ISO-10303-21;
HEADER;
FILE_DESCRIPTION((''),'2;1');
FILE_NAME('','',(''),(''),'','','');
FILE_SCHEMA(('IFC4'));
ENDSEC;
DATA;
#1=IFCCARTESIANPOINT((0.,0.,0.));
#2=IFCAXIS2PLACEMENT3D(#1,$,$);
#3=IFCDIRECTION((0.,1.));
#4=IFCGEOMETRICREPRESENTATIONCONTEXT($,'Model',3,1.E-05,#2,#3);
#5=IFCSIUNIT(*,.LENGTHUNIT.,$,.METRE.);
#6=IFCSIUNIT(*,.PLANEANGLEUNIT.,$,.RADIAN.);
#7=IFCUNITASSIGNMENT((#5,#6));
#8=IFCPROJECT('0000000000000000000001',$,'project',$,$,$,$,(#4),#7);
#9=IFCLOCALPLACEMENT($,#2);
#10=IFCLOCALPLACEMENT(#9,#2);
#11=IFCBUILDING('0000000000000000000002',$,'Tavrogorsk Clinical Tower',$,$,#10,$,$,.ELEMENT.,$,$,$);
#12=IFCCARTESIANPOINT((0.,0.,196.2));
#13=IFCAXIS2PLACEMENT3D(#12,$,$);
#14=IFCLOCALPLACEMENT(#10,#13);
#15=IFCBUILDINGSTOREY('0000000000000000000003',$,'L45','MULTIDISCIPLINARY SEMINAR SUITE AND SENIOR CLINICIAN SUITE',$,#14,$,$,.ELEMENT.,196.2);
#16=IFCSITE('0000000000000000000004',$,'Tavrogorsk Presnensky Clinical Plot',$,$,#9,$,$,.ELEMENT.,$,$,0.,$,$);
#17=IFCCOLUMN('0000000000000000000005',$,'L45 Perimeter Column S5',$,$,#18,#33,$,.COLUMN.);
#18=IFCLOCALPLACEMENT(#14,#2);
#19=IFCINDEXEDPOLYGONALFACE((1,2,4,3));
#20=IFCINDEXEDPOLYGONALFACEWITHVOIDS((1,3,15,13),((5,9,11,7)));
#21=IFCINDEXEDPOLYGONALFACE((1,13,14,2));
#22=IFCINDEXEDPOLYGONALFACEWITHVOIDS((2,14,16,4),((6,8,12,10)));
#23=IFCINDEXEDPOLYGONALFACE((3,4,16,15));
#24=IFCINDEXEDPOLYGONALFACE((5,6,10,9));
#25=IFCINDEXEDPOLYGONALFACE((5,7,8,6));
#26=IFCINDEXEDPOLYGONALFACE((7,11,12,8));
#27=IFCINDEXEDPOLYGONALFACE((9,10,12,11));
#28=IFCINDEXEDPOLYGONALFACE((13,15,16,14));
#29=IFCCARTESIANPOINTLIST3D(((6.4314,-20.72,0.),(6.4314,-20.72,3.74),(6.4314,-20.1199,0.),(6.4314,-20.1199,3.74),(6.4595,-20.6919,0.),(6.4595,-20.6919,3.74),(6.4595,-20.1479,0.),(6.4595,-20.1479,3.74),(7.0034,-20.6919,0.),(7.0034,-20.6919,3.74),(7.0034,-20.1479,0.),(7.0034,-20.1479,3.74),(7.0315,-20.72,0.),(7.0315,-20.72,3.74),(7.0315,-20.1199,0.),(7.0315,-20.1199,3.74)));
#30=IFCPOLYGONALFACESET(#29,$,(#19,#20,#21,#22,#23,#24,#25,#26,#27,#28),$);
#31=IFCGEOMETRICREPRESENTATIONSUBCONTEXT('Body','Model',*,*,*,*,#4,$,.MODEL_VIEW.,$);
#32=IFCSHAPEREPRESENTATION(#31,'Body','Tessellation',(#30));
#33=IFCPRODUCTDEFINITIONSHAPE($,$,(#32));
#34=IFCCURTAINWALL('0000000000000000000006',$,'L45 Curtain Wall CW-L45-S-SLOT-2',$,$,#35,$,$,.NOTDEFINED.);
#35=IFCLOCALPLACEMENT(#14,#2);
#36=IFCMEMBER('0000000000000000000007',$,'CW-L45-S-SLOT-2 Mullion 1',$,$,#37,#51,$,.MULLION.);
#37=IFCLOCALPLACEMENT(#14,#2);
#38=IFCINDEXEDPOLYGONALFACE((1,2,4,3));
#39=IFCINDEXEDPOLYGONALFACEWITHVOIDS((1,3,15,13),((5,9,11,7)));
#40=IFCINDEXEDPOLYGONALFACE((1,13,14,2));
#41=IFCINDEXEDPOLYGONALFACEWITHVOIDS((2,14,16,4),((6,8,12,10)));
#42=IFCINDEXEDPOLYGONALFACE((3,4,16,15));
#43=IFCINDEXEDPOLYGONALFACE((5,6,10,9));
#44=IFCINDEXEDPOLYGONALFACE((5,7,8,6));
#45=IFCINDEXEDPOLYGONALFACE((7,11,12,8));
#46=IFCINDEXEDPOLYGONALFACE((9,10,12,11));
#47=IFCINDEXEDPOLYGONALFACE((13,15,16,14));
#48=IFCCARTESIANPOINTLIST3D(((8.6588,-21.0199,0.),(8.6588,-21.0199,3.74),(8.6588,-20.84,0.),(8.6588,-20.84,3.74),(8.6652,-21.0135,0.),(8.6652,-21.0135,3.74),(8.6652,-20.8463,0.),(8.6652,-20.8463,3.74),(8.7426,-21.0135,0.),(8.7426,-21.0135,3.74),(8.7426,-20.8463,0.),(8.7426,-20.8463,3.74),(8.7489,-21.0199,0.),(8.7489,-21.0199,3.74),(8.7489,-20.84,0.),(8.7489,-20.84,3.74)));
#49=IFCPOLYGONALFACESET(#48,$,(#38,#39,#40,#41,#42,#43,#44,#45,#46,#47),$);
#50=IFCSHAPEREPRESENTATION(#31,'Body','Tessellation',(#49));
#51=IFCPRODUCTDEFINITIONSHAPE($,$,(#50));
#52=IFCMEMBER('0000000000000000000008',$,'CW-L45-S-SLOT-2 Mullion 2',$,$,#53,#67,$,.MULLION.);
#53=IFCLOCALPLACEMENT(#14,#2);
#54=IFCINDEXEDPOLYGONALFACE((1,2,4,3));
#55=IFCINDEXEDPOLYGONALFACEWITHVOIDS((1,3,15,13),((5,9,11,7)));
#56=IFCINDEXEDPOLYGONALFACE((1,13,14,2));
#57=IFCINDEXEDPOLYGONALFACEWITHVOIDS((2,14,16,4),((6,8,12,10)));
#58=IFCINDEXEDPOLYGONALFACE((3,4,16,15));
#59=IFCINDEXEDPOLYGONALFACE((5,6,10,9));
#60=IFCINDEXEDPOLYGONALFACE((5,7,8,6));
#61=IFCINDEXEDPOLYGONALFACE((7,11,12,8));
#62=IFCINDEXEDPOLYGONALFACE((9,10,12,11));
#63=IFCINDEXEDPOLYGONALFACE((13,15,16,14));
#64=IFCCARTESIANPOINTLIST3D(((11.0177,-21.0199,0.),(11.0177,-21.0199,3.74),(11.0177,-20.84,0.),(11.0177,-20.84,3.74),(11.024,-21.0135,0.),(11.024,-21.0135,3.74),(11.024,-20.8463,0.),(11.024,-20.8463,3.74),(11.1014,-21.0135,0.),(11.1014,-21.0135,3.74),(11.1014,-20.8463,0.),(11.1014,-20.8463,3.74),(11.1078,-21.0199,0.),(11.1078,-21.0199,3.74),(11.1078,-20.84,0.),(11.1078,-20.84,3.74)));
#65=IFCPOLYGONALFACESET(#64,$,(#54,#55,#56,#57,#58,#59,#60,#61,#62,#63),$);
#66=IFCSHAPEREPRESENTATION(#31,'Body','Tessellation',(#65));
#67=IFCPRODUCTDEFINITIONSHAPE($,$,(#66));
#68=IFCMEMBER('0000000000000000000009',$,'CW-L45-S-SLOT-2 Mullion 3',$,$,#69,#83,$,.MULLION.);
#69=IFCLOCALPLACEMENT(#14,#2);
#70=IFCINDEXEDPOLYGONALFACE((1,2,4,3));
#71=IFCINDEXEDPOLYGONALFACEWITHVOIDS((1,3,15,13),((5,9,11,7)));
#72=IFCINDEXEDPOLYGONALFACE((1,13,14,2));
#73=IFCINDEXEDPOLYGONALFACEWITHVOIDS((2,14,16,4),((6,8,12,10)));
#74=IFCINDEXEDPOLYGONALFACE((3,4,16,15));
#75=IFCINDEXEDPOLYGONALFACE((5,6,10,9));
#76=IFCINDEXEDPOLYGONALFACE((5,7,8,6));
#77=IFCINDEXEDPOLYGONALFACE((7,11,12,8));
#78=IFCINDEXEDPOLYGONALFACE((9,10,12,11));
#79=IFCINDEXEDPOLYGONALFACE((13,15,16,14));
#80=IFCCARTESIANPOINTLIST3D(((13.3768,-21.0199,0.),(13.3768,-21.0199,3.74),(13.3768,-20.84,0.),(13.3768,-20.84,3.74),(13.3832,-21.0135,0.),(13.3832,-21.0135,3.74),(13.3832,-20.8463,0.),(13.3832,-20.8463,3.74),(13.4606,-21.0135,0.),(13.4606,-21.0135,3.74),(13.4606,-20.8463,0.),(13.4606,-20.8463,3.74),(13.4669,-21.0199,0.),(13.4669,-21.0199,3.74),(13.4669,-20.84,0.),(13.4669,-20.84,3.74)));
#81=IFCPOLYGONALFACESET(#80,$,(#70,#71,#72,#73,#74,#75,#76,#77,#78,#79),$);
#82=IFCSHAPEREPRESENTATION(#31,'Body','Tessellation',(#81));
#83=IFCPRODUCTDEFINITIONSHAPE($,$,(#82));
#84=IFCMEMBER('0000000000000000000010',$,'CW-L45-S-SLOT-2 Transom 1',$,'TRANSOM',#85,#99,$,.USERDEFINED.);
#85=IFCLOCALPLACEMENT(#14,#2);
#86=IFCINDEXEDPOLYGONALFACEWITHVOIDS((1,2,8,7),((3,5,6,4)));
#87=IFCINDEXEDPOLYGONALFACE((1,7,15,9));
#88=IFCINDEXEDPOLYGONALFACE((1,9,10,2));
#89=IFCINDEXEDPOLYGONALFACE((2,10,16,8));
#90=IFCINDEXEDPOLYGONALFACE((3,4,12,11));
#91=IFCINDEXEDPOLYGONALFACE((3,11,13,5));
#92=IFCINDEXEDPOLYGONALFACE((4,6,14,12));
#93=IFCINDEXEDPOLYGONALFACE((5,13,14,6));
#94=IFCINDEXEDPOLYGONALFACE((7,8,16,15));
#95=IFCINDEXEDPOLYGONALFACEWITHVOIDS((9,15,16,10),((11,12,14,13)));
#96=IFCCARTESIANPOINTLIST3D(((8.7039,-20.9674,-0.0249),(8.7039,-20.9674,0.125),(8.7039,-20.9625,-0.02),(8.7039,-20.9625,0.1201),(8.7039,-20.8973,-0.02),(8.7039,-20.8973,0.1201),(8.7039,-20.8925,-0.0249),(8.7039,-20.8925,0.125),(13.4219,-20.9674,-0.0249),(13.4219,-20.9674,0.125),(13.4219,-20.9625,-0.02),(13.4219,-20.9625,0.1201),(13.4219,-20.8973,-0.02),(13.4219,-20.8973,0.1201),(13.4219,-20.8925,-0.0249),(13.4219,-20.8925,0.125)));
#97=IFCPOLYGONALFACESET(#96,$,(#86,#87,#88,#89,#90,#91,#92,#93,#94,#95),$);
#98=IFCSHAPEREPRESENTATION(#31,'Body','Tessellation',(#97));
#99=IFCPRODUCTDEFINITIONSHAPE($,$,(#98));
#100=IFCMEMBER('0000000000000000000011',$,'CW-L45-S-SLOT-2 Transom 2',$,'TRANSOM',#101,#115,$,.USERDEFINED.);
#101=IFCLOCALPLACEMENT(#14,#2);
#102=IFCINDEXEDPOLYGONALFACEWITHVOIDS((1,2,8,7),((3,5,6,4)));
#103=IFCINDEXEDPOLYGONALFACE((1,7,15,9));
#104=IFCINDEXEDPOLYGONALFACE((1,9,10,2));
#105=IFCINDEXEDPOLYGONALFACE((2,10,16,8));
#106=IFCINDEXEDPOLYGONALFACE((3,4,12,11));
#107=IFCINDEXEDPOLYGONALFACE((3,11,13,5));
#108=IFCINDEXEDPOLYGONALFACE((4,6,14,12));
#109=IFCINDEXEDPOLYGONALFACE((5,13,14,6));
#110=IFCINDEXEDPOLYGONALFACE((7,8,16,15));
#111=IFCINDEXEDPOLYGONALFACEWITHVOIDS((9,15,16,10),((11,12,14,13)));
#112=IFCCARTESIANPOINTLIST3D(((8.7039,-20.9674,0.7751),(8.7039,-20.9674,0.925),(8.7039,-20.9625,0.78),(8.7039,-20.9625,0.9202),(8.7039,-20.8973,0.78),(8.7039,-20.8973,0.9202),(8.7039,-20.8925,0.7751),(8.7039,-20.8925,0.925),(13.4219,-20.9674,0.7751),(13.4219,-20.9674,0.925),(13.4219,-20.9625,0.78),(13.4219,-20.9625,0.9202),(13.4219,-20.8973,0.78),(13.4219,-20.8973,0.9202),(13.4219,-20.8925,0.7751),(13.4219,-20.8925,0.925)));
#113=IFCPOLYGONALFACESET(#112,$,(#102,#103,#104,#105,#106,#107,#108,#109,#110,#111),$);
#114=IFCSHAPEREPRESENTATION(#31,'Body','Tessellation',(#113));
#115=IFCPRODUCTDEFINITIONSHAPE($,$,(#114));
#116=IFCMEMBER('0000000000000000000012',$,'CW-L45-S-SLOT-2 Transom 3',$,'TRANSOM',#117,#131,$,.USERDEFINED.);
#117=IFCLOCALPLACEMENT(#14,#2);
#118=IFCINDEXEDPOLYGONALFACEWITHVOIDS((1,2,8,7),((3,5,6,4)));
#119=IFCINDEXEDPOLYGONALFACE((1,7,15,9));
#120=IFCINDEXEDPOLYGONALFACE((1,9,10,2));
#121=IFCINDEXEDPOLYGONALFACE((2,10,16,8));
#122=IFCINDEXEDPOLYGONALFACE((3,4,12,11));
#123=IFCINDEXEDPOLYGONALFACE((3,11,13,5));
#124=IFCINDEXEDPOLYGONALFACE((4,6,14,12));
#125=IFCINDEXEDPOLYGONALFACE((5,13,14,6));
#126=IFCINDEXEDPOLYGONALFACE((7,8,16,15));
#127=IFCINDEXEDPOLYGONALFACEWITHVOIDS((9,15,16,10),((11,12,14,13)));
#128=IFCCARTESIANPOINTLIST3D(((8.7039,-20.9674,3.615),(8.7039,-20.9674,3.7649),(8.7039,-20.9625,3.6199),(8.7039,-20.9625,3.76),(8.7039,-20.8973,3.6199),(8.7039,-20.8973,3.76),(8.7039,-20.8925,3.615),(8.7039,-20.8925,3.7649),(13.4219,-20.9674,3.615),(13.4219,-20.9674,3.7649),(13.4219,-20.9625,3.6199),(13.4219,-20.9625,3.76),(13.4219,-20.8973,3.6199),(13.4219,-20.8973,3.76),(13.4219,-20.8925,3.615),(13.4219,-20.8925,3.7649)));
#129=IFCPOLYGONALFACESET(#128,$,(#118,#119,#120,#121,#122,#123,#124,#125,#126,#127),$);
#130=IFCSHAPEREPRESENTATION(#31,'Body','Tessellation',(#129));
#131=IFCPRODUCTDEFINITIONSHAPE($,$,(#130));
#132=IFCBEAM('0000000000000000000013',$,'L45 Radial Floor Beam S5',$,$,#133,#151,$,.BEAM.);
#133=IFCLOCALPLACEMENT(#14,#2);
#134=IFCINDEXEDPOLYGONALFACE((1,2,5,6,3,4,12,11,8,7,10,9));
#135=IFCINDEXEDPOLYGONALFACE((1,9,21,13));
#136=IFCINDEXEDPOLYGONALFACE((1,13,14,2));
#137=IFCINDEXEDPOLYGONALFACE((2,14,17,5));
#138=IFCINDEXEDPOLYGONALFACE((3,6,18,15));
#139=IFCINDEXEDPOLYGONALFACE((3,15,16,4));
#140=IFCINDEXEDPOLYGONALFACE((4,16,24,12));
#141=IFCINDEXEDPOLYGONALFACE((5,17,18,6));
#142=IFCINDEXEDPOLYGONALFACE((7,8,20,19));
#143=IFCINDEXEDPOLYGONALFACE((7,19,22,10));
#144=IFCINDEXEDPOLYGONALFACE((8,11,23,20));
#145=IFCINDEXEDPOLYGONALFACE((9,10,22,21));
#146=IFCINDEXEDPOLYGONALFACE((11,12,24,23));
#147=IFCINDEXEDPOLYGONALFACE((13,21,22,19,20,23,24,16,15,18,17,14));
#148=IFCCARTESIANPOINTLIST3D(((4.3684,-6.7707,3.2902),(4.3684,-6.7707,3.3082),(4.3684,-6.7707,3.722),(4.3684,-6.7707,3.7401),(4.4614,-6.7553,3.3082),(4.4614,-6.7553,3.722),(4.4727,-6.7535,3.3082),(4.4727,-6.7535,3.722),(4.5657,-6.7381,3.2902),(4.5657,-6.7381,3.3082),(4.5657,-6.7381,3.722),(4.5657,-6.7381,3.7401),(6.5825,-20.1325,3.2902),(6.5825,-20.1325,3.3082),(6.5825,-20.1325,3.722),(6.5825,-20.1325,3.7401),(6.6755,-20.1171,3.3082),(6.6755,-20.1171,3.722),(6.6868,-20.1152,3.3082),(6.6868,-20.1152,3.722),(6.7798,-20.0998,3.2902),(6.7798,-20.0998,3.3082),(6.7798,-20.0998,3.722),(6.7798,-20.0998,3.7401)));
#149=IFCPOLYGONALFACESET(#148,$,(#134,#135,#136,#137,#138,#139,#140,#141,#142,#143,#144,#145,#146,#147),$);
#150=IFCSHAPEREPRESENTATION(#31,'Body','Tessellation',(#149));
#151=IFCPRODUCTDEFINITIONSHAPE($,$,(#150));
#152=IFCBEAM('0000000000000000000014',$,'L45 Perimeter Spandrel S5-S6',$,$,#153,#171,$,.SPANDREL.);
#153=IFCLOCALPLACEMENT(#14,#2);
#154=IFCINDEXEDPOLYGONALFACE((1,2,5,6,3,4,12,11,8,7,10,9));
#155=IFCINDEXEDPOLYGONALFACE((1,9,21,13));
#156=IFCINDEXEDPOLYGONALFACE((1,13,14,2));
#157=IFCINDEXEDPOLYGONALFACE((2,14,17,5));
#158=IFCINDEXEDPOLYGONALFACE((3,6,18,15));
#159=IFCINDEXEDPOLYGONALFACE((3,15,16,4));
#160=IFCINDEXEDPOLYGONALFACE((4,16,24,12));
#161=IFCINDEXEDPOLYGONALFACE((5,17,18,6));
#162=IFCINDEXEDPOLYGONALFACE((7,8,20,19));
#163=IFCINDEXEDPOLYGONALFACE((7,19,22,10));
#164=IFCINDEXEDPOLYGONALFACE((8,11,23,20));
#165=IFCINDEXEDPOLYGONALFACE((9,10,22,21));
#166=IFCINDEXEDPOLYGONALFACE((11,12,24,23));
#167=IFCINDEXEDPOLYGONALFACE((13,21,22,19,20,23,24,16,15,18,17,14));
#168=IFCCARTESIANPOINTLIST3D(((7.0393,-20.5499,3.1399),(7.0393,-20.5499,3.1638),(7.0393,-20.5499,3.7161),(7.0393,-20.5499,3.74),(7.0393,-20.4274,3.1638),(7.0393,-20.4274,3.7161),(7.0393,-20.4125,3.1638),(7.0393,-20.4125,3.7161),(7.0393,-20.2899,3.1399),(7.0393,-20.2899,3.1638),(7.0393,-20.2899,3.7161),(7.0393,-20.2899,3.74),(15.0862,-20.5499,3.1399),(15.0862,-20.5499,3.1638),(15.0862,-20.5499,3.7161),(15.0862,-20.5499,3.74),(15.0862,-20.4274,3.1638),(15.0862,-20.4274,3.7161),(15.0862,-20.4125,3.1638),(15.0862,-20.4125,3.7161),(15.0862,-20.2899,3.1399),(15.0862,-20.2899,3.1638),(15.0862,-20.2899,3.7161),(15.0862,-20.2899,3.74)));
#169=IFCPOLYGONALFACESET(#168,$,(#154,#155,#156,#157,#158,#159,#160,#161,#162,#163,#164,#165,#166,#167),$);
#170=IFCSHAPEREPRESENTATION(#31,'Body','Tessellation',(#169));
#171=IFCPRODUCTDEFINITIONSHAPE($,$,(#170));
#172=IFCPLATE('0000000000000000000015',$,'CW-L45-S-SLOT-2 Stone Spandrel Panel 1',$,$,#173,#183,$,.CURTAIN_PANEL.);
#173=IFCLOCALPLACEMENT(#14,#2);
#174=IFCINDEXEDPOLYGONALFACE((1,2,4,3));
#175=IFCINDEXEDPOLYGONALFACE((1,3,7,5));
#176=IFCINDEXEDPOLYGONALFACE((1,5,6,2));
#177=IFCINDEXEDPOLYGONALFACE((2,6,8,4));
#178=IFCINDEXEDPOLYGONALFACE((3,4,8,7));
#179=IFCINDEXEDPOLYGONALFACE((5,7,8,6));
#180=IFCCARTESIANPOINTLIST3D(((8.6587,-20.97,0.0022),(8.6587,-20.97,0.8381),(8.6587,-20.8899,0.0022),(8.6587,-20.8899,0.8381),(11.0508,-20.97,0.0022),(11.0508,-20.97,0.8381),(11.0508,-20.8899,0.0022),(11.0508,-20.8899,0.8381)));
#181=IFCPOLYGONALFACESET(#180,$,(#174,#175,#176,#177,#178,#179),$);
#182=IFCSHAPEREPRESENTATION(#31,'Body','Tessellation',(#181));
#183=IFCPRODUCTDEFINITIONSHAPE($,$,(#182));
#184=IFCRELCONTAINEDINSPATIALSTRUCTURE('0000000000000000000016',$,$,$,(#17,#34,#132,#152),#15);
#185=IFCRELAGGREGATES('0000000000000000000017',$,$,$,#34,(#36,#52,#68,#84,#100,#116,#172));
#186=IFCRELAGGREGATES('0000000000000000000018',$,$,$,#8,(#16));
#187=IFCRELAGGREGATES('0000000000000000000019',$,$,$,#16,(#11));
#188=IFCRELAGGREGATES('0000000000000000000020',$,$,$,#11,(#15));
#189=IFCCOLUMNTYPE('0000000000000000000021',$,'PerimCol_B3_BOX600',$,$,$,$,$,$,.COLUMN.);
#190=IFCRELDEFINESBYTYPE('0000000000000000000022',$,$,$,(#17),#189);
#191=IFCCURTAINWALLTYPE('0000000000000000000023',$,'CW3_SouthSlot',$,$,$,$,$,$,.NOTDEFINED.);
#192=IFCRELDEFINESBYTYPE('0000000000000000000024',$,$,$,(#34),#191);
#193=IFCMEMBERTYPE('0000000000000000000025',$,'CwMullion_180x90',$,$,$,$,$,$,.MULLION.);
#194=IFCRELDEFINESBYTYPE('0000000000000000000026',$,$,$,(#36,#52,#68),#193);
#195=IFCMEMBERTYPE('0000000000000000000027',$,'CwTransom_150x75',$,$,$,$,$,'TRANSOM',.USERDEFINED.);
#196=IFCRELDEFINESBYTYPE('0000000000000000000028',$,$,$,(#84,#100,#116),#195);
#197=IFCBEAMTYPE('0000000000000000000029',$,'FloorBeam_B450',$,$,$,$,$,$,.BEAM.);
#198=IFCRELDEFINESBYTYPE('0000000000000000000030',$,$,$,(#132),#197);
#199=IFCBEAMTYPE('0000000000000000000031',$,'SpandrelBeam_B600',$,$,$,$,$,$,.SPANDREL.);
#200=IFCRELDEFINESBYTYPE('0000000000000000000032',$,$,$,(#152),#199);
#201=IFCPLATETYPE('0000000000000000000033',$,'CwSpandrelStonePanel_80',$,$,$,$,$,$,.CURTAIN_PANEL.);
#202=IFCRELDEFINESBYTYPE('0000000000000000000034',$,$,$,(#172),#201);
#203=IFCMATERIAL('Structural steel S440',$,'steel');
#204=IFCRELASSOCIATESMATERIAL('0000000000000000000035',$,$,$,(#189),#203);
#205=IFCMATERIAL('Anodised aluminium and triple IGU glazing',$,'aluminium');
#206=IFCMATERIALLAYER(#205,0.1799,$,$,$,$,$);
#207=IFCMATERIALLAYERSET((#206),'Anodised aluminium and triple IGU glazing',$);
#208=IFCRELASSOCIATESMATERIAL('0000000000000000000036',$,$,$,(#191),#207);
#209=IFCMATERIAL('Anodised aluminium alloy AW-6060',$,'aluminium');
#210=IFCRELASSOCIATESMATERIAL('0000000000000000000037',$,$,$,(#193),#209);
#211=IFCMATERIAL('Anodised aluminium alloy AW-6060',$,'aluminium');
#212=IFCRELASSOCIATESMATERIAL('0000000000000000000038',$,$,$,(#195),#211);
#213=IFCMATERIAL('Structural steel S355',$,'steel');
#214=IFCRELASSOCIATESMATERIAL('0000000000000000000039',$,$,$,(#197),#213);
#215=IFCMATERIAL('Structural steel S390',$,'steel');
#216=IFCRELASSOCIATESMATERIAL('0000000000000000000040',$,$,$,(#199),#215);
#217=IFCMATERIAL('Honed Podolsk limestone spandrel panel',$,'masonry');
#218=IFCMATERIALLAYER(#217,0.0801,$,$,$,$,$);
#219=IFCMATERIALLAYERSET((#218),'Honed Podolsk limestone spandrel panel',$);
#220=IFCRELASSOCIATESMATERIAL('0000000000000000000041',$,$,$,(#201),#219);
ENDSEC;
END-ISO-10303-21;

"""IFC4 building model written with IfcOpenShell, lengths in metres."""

from ifc_helpers import new_model, si_unit, direction, frame, origin, origin_2d, place, context, subcontext, project, spatial, rectangle, hollow_rectangle, i_section, extrude, material, layer, layer_set, material_profile, profile_set, type_object, element, aggregate, save


model = new_model("IFC4")

# Units and contexts
model_context = context("Model", 3, precision=1e-05, world=origin(), true_north=direction((0.0, 1.0)))
body_context = subcontext(model_context, "Body", "Model", "MODEL_VIEW")
ifc_project = project(units=[si_unit("LENGTHUNIT", "METRE"), si_unit("PLANEANGLEUNIT", "RADIAN")], contexts=[model_context])

# Site, building, storey
site_placement = place(None, origin())
site = spatial("IfcSite", under=ifc_project, at=site_placement, Name="Tavrogorsk Presnensky Clinical Plot", CompositionType="ELEMENT", RefElevation=0.0)
building_placement = place(site_placement, origin())
building = spatial("IfcBuilding", under=site, at=building_placement, Name="Tavrogorsk Clinical Tower", CompositionType="ELEMENT")
storey_placement = place(building_placement, frame((0.0, 0.0, 196.2)))
storey = spatial("IfcBuildingStorey", under=building, at=storey_placement, Name="L45", Description="MULTIDISCIPLINARY SEMINAR SUITE AND SENIOR CLINICIAN SUITE", CompositionType="ELEMENT", Elevation=196.2)

# Column
ifc_material_1 = material(Name="Structural steel S440", Category="steel")
ifc_material_profile_1 = material_profile(ifc_material_1, hollow_rectangle(XDim=0.6001, YDim=0.6001, WallThickness=0.0281, at=origin_2d()), Name="BOX-600x600x28")
ifc_profile_set_1 = profile_set([ifc_material_profile_1], Name="Structural steel S440")
column_type = type_object("IfcColumnType", Name="PerimCol_B3_BOX600", PredefinedType="COLUMN", material=ifc_profile_set_1)
column_placement = place(storey_placement, frame((6.7314, -20.4199, 0.0), z_axis=(0.0, 0.0, 1.0), x_axis=(1.0, 0.0, 0.0)))
element("IfcColumn", 1, at=column_placement, inside=storey, type_object=column_type, Name="L45 Perimeter Column S5", PredefinedType="COLUMN", context=body_context, shape_type="SweptSolid", body=[
    extrude(hollow_rectangle(XDim=0.6001, YDim=0.6001, WallThickness=0.0281, at=origin_2d()), origin(), (0.0, 0.0, 1.0), 3.74),
])

# Curtain wall, members
ifc_material_2 = material(Name="Anodised aluminium and triple IGU glazing", Category="aluminium")
ifc_layer_1 = layer(ifc_material_2, 0.1799)
ifc_layer_set_1 = layer_set([ifc_layer_1], Name="Anodised aluminium and triple IGU glazing")
curtain_wall_type = type_object("IfcCurtainWallType", Name="CW3_SouthSlot", PredefinedType="NOTDEFINED", material=ifc_layer_set_1)
curtain_wall_placement = place(storey_placement, origin())
curtain_wall = element("IfcCurtainWall", 2, at=curtain_wall_placement, inside=storey, type_object=curtain_wall_type, Name="L45 Curtain Wall CW-L45-S-SLOT-2", PredefinedType="NOTDEFINED")
ifc_material_3 = material(Name="Anodised aluminium alloy AW-6060", Category="aluminium")
ifc_material_profile_2 = material_profile(ifc_material_3, hollow_rectangle(XDim=0.0901, YDim=0.1799, WallThickness=0.0063, at=origin_2d()), Name="RHS-180x90x6.3")
ifc_profile_set_2 = profile_set([ifc_material_profile_2], Name="Anodised aluminium alloy AW-6060")
member_type_1 = type_object("IfcMemberType", Name="CwMullion_180x90", PredefinedType="MULLION", material=ifc_profile_set_2)
member_1_placement = place(storey_placement, frame((8.7039, -20.9299, 0.0), z_axis=(0.0, 0.0, 1.0), x_axis=(1.0, 0.0, 0.0)))
member_1 = element("IfcMember", 3, at=member_1_placement, type_object=member_type_1, Name="CW-L45-S-SLOT-2 Mullion 1", PredefinedType="MULLION", context=body_context, shape_type="SweptSolid", body=[
    extrude(hollow_rectangle(XDim=0.0901, YDim=0.1799, WallThickness=0.0063, at=origin_2d()), origin(), (0.0, 0.0, 1.0), 3.74),
])
member_2_placement = place(storey_placement, frame((11.0627, -20.9299, 0.0), z_axis=(0.0, 0.0, 1.0), x_axis=(1.0, 0.0, 0.0)))
member_2 = element("IfcMember", 4, at=member_2_placement, type_object=member_type_1, Name="CW-L45-S-SLOT-2 Mullion 2", PredefinedType="MULLION", context=body_context, shape_type="SweptSolid", body=[
    extrude(hollow_rectangle(XDim=0.0901, YDim=0.1799, WallThickness=0.0063, at=origin_2d()), origin(), (0.0, 0.0, 1.0), 3.74),
])
member_3_placement = place(storey_placement, frame((13.4219, -20.9299, 0.0), z_axis=(0.0, 0.0, 1.0), x_axis=(1.0, 0.0, 0.0)))
member_3 = element("IfcMember", 5, at=member_3_placement, type_object=member_type_1, Name="CW-L45-S-SLOT-2 Mullion 3", PredefinedType="MULLION", context=body_context, shape_type="SweptSolid", body=[
    extrude(hollow_rectangle(XDim=0.0901, YDim=0.1799, WallThickness=0.0063, at=origin_2d()), origin(), (0.0, 0.0, 1.0), 3.74),
])
ifc_material_4 = material(Name="Anodised aluminium alloy AW-6060", Category="aluminium")
ifc_material_profile_3 = material_profile(ifc_material_4, hollow_rectangle(XDim=0.075, YDim=0.1499, WallThickness=0.0049, at=origin_2d()), Name="RHS-150x75x5")
ifc_profile_set_3 = profile_set([ifc_material_profile_3], Name="Anodised aluminium alloy AW-6060")
member_type_2 = type_object("IfcMemberType", Name="CwTransom_150x75", ElementType="TRANSOM", PredefinedType="USERDEFINED", material=ifc_profile_set_3)
member_4_placement = place(storey_placement, frame((8.7039, -20.9299, 0.05), z_axis=(1.0, 0.0, 0.0), x_axis=(0.0, 1.0, 0.0)))
member_4 = element("IfcMember", 6, at=member_4_placement, type_object=member_type_2, Name="CW-L45-S-SLOT-2 Transom 1", ObjectType="TRANSOM", PredefinedType="USERDEFINED", context=body_context, shape_type="SweptSolid", body=[
    extrude(hollow_rectangle(XDim=0.075, YDim=0.1499, WallThickness=0.0049, at=origin_2d()), origin(), (0.0, 0.0, 1.0), 4.718),
])
member_5_placement = place(storey_placement, frame((8.7039, -20.9299, 0.8501), z_axis=(1.0, 0.0, 0.0), x_axis=(0.0, 1.0, 0.0)))
member_5 = element("IfcMember", 7, at=member_5_placement, type_object=member_type_2, Name="CW-L45-S-SLOT-2 Transom 2", ObjectType="TRANSOM", PredefinedType="USERDEFINED", context=body_context, shape_type="SweptSolid", body=[
    extrude(hollow_rectangle(XDim=0.075, YDim=0.1499, WallThickness=0.0049, at=origin_2d()), origin(), (0.0, 0.0, 1.0), 4.718),
])
member_6_placement = place(storey_placement, frame((8.7039, -20.9299, 3.6899), z_axis=(1.0, 0.0, 0.0), x_axis=(0.0, 1.0, 0.0)))
member_6 = element("IfcMember", 8, at=member_6_placement, type_object=member_type_2, Name="CW-L45-S-SLOT-2 Transom 3", ObjectType="TRANSOM", PredefinedType="USERDEFINED", context=body_context, shape_type="SweptSolid", body=[
    extrude(hollow_rectangle(XDim=0.075, YDim=0.1499, WallThickness=0.0049, at=origin_2d()), origin(), (0.0, 0.0, 1.0), 4.718),
])

# Beams
ifc_material_5 = material(Name="Structural steel S355", Category="steel")
ifc_material_profile_4 = material_profile(ifc_material_5, i_section(OverallWidth=0.2, OverallDepth=0.45, WebThickness=0.0115, FlangeThickness=0.0181, at=origin_2d()), Name="B-450x200x11.5x18")
ifc_profile_set_4 = profile_set([ifc_material_profile_4], Name="Structural steel S355")
beam_type_1 = type_object("IfcBeamType", Name="FloorBeam_B450", PredefinedType="BEAM", material=ifc_profile_set_4)
beam_1_placement = place(storey_placement, frame((4.467, -6.7544, 3.5151), z_axis=(0.163475, -0.986547, 0.0), x_axis=(0.986547, 0.163475, 0.0)))
element("IfcBeam", 9, at=beam_1_placement, inside=storey, type_object=beam_type_1, Name="L45 Radial Floor Beam S5", PredefinedType="BEAM", context=body_context, shape_type="SweptSolid", body=[
    extrude(i_section(OverallWidth=0.2, OverallDepth=0.45, WebThickness=0.0115, FlangeThickness=0.0181, at=origin_2d()), origin(), (0.0, 0.0, 1.0), 13.5439),
])
ifc_material_6 = material(Name="Structural steel S390", Category="steel")
ifc_material_profile_5 = material_profile(ifc_material_6, i_section(OverallWidth=0.26, OverallDepth=0.6001, WebThickness=0.0149, FlangeThickness=0.0239, at=origin_2d()), Name="B-600x260x15x24")
ifc_profile_set_5 = profile_set([ifc_material_profile_5], Name="Structural steel S390")
beam_type_2 = type_object("IfcBeamType", Name="SpandrelBeam_B600", PredefinedType="SPANDREL", material=ifc_profile_set_5)
beam_2_placement = place(storey_placement, frame((7.0393, -20.4199, 3.4399), z_axis=(1.0, 0.0, 0.0), x_axis=(0.0, 1.0, 0.0)))
element("IfcBeam", 10, at=beam_2_placement, inside=storey, type_object=beam_type_2, Name="L45 Perimeter Spandrel S5-S6", PredefinedType="SPANDREL", context=body_context, shape_type="SweptSolid", body=[
    extrude(i_section(OverallWidth=0.26, OverallDepth=0.6001, WebThickness=0.0149, FlangeThickness=0.0239, at=origin_2d()), origin(), (0.0, 0.0, 1.0), 8.0469),
])

# Plate
ifc_material_7 = material(Name="Honed Podolsk limestone spandrel panel", Category="masonry")
ifc_layer_2 = layer(ifc_material_7, 0.0801)
ifc_layer_set_2 = layer_set([ifc_layer_2], Name="Honed Podolsk limestone spandrel panel")
plate_type_1 = type_object("IfcPlateType", Name="CwSpandrelStonePanel_80", PredefinedType="CURTAIN_PANEL", material=ifc_layer_set_2)
plate_1_placement = place(storey_placement, frame((9.8547, -20.9299, 0.0022), z_axis=(0.0, 0.0, 1.0), x_axis=(1.0, 0.0, 0.0)))
plate_1 = element("IfcPlate", 11, at=plate_1_placement, type_object=plate_type_1, Name="CW-L45-S-SLOT-2 Stone Spandrel Panel 1", PredefinedType="CURTAIN_PANEL", context=body_context, shape_type="SweptSolid", body=[
    extrude(rectangle(XDim=2.3921, YDim=0.0801, at=origin_2d()), origin(), (0.0, 0.0, 1.0), 0.8359),
])
aggregate(curtain_wall, [member_1, member_2, member_3, member_4, member_5, member_6, plate_1])

save(model, "model.ifc")
